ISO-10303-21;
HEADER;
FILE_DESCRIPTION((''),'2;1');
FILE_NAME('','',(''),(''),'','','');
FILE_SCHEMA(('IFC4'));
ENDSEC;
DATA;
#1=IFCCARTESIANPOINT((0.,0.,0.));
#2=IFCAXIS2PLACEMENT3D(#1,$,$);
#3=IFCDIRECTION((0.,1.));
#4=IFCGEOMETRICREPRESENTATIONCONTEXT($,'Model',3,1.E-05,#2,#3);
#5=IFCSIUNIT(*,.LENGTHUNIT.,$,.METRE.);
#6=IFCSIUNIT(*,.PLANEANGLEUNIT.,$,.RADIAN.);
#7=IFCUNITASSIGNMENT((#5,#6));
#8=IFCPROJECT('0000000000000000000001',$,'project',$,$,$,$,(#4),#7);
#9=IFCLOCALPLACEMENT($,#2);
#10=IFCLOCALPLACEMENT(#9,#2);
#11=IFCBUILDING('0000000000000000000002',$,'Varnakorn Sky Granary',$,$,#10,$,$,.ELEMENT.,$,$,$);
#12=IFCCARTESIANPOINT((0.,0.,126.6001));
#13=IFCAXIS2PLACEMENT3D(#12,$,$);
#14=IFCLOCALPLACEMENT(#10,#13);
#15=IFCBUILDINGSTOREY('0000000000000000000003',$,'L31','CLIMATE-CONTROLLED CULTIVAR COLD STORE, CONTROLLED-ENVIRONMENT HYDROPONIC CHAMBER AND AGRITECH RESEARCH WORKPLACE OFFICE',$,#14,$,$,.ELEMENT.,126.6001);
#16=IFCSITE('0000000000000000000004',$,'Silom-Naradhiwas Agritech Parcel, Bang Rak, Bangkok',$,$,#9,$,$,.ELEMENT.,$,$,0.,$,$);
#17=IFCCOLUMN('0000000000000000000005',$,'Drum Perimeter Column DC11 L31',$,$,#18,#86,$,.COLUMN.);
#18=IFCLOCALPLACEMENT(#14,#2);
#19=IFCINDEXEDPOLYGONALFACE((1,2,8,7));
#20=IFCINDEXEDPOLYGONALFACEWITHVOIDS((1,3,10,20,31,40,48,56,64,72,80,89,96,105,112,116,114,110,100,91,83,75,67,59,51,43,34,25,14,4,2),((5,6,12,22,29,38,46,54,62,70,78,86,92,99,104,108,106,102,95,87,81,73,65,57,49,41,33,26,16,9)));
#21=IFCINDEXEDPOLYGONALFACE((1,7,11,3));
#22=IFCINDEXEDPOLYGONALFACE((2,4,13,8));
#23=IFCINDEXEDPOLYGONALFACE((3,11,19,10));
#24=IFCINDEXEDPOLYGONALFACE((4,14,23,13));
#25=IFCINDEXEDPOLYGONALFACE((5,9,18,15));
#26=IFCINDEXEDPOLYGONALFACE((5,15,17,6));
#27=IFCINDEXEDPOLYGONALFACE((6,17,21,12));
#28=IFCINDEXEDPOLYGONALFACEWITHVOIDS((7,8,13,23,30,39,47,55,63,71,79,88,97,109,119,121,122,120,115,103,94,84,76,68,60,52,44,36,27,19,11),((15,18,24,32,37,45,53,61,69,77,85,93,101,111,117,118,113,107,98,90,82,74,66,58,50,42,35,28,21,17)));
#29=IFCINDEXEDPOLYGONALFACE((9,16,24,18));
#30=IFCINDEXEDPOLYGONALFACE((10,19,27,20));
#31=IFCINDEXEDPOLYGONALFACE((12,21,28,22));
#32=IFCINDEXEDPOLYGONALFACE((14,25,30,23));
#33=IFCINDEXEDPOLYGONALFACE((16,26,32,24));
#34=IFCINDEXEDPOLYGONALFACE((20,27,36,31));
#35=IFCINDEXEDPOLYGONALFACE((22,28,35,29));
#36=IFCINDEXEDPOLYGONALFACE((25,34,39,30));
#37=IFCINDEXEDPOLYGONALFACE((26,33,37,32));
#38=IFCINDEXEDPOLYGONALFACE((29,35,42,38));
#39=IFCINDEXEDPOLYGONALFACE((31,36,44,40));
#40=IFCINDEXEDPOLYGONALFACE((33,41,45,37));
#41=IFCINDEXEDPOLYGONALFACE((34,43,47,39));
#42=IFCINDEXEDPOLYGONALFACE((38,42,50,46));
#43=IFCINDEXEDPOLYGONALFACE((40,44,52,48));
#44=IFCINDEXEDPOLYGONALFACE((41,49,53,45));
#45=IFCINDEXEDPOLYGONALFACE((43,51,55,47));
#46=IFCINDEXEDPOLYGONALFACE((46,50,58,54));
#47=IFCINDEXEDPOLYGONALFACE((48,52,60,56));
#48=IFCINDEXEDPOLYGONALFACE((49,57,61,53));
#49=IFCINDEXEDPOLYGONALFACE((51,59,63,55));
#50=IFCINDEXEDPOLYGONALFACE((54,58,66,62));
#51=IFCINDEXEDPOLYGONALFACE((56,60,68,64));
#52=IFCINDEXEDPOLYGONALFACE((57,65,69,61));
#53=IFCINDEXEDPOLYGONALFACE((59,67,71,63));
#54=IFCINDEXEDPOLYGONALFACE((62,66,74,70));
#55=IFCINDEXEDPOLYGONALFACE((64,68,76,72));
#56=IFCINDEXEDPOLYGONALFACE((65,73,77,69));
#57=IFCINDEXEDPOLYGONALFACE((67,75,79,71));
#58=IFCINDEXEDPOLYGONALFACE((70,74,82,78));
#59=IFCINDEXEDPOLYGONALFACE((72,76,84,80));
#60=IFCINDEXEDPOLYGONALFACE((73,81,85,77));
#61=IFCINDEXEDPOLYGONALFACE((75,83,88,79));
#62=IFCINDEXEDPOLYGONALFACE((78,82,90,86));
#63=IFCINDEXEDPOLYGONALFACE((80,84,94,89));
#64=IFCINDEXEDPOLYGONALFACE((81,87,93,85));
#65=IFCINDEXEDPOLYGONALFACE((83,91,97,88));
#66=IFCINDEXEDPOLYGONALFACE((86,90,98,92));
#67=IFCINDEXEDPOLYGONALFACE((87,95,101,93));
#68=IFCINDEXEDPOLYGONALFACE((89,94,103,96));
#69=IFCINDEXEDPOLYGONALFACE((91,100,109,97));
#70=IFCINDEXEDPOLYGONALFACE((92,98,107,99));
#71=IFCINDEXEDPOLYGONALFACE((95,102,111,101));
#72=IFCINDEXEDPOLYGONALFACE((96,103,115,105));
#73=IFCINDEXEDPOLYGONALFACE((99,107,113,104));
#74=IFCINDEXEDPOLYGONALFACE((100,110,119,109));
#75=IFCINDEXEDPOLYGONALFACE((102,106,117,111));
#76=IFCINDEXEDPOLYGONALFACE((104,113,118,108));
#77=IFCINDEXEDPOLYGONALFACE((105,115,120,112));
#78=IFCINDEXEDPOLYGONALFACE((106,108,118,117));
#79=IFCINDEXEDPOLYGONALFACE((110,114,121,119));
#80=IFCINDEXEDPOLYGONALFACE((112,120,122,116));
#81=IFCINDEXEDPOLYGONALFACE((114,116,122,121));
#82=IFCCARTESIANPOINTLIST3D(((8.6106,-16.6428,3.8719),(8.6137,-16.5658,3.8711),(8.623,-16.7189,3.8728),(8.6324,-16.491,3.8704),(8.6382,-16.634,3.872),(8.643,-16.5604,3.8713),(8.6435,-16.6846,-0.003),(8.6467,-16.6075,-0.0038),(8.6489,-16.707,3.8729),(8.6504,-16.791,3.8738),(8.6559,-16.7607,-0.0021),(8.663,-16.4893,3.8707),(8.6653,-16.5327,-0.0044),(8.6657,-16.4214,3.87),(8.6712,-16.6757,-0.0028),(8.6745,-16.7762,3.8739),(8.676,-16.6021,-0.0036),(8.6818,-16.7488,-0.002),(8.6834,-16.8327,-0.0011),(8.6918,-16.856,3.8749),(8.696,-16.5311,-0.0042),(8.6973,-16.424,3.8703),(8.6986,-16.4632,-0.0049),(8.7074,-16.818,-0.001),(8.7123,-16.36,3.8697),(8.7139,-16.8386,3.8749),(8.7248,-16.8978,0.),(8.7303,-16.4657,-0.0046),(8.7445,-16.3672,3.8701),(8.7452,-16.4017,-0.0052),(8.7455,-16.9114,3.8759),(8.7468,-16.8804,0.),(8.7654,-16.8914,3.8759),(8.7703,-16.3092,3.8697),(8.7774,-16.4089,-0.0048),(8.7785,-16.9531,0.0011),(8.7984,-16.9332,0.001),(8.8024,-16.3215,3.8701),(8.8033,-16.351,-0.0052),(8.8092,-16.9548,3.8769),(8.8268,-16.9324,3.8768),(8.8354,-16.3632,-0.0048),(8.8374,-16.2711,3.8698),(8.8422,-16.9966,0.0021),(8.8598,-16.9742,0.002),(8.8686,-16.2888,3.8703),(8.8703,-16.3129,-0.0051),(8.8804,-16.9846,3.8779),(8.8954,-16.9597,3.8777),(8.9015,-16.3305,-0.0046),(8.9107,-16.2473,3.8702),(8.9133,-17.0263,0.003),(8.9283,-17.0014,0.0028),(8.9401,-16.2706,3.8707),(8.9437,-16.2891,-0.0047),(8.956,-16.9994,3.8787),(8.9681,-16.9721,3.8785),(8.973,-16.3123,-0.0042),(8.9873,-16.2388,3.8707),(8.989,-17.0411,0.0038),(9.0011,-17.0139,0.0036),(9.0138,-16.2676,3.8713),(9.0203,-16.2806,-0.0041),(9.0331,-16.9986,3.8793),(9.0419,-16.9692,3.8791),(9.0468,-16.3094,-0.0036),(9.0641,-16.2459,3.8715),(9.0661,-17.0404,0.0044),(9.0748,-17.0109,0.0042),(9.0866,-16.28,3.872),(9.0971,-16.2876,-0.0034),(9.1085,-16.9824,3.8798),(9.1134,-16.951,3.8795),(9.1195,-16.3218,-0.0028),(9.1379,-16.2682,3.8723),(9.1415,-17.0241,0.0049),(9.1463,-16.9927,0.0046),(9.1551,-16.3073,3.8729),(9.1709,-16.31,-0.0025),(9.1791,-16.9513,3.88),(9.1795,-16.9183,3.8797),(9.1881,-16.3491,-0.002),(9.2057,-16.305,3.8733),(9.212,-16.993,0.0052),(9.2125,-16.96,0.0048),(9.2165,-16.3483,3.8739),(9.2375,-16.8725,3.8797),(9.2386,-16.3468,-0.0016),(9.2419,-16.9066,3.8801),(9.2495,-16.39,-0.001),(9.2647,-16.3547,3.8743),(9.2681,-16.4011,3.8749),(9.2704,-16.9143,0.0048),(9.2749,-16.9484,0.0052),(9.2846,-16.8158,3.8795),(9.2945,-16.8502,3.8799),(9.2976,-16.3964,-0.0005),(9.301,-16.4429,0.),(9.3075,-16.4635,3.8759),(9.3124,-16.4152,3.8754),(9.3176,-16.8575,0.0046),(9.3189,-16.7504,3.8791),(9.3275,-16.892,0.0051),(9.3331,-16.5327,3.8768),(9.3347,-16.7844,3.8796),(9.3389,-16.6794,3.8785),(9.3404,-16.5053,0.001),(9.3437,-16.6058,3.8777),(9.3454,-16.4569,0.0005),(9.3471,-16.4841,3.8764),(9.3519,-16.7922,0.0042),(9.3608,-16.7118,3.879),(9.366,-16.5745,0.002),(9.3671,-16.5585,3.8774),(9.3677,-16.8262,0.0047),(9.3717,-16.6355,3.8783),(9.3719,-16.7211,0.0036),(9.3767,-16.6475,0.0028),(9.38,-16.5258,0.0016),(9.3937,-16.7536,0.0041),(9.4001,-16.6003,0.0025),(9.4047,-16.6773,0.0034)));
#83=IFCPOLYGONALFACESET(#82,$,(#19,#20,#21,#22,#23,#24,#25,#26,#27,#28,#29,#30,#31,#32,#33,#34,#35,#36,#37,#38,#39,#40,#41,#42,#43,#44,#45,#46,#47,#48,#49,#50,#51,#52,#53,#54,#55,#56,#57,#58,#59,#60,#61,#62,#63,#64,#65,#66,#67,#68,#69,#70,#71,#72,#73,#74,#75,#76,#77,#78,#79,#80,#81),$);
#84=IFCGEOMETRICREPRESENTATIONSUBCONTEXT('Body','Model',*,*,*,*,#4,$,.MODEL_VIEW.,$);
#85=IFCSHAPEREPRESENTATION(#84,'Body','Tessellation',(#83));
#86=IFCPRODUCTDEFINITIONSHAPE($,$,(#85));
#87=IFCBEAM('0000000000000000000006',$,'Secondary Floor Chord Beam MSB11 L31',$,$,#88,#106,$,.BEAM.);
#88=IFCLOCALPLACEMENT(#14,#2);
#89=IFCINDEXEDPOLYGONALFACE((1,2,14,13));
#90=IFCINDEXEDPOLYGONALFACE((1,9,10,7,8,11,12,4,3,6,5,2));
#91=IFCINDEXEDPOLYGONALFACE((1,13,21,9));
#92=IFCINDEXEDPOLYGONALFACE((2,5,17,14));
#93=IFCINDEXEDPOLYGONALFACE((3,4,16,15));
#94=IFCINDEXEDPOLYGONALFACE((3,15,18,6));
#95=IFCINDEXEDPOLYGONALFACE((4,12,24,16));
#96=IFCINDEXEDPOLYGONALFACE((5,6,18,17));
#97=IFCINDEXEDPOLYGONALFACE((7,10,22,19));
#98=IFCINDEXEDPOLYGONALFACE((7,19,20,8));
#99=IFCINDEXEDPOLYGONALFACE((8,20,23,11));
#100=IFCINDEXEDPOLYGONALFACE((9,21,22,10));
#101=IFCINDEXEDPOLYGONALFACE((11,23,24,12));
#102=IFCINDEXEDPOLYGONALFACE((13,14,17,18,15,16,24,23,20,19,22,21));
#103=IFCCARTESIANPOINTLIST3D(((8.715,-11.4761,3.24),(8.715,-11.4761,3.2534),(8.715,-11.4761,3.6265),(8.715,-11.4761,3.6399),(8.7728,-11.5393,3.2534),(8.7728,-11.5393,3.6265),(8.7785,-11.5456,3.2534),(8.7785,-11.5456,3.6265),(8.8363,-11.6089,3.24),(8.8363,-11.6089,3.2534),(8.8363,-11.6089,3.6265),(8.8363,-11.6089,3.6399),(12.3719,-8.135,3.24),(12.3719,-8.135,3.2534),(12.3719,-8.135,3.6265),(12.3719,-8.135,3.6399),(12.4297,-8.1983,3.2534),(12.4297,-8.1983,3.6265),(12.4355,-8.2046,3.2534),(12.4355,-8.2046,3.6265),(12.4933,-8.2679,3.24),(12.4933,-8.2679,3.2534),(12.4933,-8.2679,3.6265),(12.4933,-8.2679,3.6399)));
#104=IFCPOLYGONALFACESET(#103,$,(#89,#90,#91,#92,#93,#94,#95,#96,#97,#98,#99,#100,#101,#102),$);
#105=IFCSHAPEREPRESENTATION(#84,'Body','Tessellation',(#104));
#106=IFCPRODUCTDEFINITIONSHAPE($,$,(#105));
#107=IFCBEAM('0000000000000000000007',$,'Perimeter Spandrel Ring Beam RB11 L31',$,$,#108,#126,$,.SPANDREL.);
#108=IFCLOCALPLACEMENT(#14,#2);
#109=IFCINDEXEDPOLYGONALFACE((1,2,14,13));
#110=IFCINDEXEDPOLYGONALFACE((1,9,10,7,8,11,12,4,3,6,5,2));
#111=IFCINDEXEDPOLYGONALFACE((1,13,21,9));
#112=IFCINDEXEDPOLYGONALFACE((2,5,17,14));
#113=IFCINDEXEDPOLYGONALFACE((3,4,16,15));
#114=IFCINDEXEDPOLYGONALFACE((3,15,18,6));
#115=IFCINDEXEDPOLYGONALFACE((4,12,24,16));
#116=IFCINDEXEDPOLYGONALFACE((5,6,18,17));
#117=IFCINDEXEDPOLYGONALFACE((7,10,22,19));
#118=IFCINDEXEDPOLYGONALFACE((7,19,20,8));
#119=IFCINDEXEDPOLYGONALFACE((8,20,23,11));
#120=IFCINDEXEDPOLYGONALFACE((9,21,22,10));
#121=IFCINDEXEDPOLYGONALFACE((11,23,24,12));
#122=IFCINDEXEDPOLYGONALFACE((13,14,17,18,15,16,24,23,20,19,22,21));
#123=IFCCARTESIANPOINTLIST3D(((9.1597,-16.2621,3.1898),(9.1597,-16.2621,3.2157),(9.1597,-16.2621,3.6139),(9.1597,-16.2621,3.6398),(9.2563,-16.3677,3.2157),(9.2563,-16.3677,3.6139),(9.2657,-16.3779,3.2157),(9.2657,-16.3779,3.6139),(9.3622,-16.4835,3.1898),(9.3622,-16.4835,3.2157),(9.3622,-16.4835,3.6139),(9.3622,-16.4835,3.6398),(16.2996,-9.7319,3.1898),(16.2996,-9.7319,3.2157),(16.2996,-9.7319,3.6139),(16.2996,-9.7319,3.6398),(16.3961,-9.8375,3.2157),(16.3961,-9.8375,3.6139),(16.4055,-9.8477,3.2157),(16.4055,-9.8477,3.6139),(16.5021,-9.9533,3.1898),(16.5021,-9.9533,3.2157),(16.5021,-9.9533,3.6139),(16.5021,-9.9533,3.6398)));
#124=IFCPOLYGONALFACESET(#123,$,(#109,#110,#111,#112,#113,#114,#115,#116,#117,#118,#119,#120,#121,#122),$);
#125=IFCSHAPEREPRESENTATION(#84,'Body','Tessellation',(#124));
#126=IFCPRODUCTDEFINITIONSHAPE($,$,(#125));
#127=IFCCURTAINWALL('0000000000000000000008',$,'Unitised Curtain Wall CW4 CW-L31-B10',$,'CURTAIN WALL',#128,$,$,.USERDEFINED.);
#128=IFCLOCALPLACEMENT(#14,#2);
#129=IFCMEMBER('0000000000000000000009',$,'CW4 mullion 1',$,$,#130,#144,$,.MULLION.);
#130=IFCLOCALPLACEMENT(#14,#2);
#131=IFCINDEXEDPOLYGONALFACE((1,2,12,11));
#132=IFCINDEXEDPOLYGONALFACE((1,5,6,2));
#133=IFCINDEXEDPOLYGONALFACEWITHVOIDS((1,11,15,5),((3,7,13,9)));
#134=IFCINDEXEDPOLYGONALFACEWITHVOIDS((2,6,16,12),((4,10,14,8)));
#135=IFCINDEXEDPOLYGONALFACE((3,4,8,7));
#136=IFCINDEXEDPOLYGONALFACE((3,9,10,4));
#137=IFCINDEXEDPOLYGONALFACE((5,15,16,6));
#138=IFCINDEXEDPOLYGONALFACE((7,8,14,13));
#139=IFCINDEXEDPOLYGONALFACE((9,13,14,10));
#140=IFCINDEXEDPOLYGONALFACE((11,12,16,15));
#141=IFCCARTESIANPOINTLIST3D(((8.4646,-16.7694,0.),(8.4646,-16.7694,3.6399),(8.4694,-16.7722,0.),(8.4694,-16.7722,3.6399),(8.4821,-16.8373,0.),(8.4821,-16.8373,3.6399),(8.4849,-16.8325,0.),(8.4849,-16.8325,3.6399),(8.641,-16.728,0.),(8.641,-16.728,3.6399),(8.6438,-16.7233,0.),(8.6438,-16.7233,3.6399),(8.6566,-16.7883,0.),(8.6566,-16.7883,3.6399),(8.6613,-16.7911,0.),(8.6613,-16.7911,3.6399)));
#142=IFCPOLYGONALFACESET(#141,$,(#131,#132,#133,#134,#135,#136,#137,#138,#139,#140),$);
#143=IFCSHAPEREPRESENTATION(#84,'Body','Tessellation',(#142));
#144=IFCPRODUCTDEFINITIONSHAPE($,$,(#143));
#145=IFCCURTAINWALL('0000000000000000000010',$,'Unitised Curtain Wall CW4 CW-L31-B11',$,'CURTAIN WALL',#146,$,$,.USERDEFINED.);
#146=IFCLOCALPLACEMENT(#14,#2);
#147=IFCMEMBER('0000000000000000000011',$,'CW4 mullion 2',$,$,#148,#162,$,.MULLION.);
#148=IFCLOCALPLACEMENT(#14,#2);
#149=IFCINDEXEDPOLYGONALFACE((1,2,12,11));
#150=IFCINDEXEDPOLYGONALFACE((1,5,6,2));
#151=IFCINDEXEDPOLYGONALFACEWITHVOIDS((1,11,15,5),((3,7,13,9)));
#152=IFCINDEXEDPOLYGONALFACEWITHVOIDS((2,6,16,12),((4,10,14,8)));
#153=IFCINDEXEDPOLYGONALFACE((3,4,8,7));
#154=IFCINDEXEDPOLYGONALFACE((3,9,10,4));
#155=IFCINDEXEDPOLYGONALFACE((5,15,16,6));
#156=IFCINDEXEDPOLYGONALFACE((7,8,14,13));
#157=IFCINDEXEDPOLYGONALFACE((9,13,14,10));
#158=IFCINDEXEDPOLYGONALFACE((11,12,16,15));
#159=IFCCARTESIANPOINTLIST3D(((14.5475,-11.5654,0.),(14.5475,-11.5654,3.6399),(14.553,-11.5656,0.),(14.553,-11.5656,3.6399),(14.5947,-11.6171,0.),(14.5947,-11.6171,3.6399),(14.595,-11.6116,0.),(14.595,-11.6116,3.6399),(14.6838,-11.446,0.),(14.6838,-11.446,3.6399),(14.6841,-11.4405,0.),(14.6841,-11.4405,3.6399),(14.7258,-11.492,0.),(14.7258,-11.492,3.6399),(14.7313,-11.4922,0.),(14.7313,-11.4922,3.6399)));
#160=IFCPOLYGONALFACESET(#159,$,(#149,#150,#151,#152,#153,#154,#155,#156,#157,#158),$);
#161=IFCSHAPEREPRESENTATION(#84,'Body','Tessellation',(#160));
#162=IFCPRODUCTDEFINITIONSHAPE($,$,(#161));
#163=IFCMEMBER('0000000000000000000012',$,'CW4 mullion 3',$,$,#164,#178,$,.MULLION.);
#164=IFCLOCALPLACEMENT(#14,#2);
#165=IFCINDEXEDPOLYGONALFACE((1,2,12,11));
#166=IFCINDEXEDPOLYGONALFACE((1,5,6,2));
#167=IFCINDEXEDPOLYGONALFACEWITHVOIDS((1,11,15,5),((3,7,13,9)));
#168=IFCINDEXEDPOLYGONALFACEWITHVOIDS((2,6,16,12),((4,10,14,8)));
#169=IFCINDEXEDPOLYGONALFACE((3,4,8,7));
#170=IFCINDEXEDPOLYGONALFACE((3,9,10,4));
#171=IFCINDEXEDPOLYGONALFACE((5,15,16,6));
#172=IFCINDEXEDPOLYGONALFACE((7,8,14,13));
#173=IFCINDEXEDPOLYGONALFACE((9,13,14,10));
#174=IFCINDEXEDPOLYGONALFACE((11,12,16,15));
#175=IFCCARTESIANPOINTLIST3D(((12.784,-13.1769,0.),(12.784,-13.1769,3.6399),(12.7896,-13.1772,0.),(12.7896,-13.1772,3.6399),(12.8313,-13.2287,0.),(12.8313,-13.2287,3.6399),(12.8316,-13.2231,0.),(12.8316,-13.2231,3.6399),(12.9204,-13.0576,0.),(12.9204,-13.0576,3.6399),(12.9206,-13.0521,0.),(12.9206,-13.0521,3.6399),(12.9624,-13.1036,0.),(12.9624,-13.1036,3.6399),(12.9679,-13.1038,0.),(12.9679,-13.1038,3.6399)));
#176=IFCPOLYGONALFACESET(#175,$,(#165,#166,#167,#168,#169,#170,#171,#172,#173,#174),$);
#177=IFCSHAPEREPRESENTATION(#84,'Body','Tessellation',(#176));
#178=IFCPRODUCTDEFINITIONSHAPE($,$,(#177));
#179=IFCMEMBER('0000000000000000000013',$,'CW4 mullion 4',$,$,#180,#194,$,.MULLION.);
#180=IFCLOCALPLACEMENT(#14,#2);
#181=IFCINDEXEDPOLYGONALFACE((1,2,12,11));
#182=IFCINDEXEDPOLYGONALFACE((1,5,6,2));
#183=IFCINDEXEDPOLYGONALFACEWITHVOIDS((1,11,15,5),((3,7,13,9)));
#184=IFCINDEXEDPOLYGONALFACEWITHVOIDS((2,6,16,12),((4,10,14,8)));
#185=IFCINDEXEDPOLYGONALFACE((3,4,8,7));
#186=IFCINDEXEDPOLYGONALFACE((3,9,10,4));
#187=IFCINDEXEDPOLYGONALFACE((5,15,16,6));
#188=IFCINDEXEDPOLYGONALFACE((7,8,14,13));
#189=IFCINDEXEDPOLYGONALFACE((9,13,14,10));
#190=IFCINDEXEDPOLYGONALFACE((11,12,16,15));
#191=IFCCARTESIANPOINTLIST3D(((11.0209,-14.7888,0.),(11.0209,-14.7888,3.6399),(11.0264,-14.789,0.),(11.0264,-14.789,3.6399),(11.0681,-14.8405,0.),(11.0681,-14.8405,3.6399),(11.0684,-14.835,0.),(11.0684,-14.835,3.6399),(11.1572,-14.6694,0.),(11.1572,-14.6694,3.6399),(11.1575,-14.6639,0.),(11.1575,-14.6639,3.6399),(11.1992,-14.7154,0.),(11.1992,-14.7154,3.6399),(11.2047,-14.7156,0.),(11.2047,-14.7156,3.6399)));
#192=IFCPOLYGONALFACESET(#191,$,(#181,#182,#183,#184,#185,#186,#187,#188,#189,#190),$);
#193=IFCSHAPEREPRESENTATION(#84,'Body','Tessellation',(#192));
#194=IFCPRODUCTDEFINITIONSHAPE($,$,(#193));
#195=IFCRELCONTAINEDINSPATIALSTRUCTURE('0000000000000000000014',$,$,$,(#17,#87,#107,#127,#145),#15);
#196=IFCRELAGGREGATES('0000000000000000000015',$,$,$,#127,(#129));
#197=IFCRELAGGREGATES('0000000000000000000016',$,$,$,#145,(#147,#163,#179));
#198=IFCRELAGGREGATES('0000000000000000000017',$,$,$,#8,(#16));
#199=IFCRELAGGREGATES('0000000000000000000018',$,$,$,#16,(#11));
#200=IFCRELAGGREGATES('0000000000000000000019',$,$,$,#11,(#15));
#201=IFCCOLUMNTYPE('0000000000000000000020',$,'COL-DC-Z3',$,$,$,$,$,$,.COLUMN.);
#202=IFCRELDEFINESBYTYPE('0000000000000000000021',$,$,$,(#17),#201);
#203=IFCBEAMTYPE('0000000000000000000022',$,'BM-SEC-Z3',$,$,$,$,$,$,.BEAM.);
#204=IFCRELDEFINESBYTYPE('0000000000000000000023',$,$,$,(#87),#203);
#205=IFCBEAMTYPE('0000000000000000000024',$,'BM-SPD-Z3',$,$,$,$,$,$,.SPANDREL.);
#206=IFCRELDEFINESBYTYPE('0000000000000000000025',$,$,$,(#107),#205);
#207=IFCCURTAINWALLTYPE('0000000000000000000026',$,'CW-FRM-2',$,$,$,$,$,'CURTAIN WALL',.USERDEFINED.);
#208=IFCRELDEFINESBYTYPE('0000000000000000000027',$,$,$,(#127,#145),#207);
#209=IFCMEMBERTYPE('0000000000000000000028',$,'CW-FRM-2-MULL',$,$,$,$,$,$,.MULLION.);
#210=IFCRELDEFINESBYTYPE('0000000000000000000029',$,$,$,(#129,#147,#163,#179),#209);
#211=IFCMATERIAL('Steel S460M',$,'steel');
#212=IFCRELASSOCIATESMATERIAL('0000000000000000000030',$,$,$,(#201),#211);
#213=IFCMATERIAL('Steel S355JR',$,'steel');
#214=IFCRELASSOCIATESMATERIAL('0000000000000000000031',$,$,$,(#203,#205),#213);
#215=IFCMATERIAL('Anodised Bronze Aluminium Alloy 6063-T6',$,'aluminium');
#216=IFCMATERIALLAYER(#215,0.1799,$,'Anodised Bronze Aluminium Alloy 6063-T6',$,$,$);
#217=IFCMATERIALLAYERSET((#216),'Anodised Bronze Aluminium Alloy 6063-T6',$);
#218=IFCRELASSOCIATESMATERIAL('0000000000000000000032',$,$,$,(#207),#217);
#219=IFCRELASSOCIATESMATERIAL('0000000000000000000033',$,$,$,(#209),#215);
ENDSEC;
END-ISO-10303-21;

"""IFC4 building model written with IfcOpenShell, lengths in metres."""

from ifc_helpers import new_model, si_unit, direction, frame, origin, origin_2d, place, context, subcontext, project, spatial, hollow_rectangle, hollow_circle, i_section, extrude, material, layer, layer_set, material_profile, profile_set, type_object, element, aggregate, save


model = new_model("IFC4")

# Units and contexts
model_context = context("Model", 3, precision=1e-05, world=origin(), true_north=direction((0.0, 1.0)))
body_context = subcontext(model_context, "Body", "Model", "MODEL_VIEW")
ifc_project = project(units=[si_unit("LENGTHUNIT", "METRE"), si_unit("PLANEANGLEUNIT", "RADIAN")], contexts=[model_context])

# Site, building, storey
site_placement = place(None, origin())
site = spatial("IfcSite", under=ifc_project, at=site_placement, Name="Silom-Naradhiwas Agritech Parcel, Bang Rak, Bangkok", CompositionType="ELEMENT", RefElevation=0.0)
building_placement = place(site_placement, origin())
building = spatial("IfcBuilding", under=site, at=building_placement, Name="Varnakorn Sky Granary", CompositionType="ELEMENT")
storey_placement = place(building_placement, frame((0.0, 0.0, 126.6001)))
storey = spatial("IfcBuildingStorey", under=building, at=storey_placement, Name="L31", Description="CLIMATE-CONTROLLED CULTIVAR COLD STORE, CONTROLLED-ENVIRONMENT HYDROPONIC CHAMBER AND AGRITECH RESEARCH WORKPLACE OFFICE", CompositionType="ELEMENT", Elevation=126.6001)

# Column
ifc_material_1 = material(Name="Steel S460M", Category="steel")
ifc_material_profile_1 = material_profile(ifc_material_1, hollow_circle(Radius=0.3811, WallThickness=0.0281, at=origin_2d()), Name="CHS 762x28")
ifc_profile_set_1 = profile_set([ifc_material_profile_1], Name="Steel S460M")
column_type = type_object("IfcColumnType", Name="COL-DC-Z3", PredefinedType="COLUMN", material=ifc_profile_set_1)
column_placement = place(storey_placement, frame((9.0239, -16.6616, 0.0), z_axis=(-0.008505, 0.010773, 0.999906), x_axis=(-0.784883, -0.619644, 0.0)))
element("IfcColumn", 1, at=column_placement, inside=storey, type_object=column_type, Name="Drum Perimeter Column DC11 L31", PredefinedType="COLUMN", context=body_context, shape_type="SweptSolid", body=[
    extrude(hollow_circle(Radius=0.3811, WallThickness=0.0281, at=origin_2d()), origin(), (0.0, 0.0, 1.0), 3.8752),
])

# Beams
ifc_material_2 = material(Name="Steel S355JR", Category="steel")
ifc_material_profile_2 = material_profile(ifc_material_2, i_section(OverallWidth=0.1799, OverallDepth=0.3999, WebThickness=0.0085, FlangeThickness=0.0134, at=origin_2d()), Name="IPE 400")
ifc_profile_set_2 = profile_set([ifc_material_profile_2], Name="Steel S355JR")
beam_type_1 = type_object("IfcBeamType", Name="BM-SEC-Z3", PredefinedType="BEAM", material=ifc_profile_set_2)
beam_1_placement = place(storey_placement, frame((8.7756, -11.5425, 3.4399), z_axis=(0.738276, 0.674498, 0.0), x_axis=(-0.674498, 0.738276, 0.0)))
element("IfcBeam", 2, at=beam_1_placement, inside=storey, type_object=beam_type_1, Name="Secondary Floor Chord Beam MSB11 L31", PredefinedType="BEAM", context=body_context, shape_type="SweptSolid", body=[
    extrude(i_section(OverallWidth=0.1799, OverallDepth=0.3999, WebThickness=0.0085, FlangeThickness=0.0134, at=origin_2d()), origin(), (0.0, 0.0, 1.0), 4.9534),
])
ifc_material_profile_3 = material_profile(ifc_material_2, i_section(OverallWidth=0.3, OverallDepth=0.45, WebThickness=0.0139, FlangeThickness=0.0259, at=origin_2d()), Name="HE 450 B")
ifc_profile_set_3 = profile_set([ifc_material_profile_3], Name="Steel S355JR")
beam_type_2 = type_object("IfcBeamType", Name="BM-SPD-Z3", PredefinedType="SPANDREL", material=ifc_profile_set_3)
beam_2_placement = place(storey_placement, frame((9.261, -16.3728, 3.4148), z_axis=(0.737907, 0.674903, 0.0), x_axis=(-0.674903, 0.737907, 0.0)))
element("IfcBeam", 3, at=beam_2_placement, inside=storey, type_object=beam_type_2, Name="Perimeter Spandrel Ring Beam RB11 L31", PredefinedType="SPANDREL", context=body_context, shape_type="SweptSolid", body=[
    extrude(i_section(OverallWidth=0.3, OverallDepth=0.45, WebThickness=0.0139, FlangeThickness=0.0259, at=origin_2d()), origin(), (0.0, 0.0, 1.0), 9.6758),
])

# Curtain wall, member
ifc_material_3 = material(Name="Anodised Bronze Aluminium Alloy 6063-T6", Category="aluminium")
ifc_layer_1 = layer(ifc_material_3, 0.1799, Name="Anodised Bronze Aluminium Alloy 6063-T6")
ifc_layer_set_1 = layer_set([ifc_layer_1], Name="Anodised Bronze Aluminium Alloy 6063-T6")
curtain_wall_type = type_object("IfcCurtainWallType", Name="CW-FRM-2", ElementType="CURTAIN WALL", PredefinedType="USERDEFINED", material=ifc_layer_set_1)
curtain_wall_1_placement = place(storey_placement, origin())
curtain_wall_1 = element("IfcCurtainWall", 4, at=curtain_wall_1_placement, inside=storey, type_object=curtain_wall_type, Name="Unitised Curtain Wall CW4 CW-L31-B10", ObjectType="CURTAIN WALL", PredefinedType="USERDEFINED")
ifc_material_profile_4 = material_profile(ifc_material_3, hollow_rectangle(XDim=0.0701, YDim=0.1851, WallThickness=0.0039, at=origin_2d()), Name="ALU MULL 70x185")
ifc_profile_set_4 = profile_set([ifc_material_profile_4], Name="Anodised Bronze Aluminium Alloy 6063-T6")
member_type_1 = type_object("IfcMemberType", Name="CW-FRM-2-MULL", PredefinedType="MULLION", material=ifc_profile_set_4)
member_1_placement = place(storey_placement, frame((8.563, -16.7803, 0.0), z_axis=(0.0, 0.0, 1.0), x_axis=(0.249579, -0.968354, 0.0)))
member_1 = element("IfcMember", 5, at=member_1_placement, type_object=member_type_1, Name="CW4 mullion 1", PredefinedType="MULLION", context=body_context, shape_type="SweptSolid", body=[
    extrude(hollow_rectangle(XDim=0.0701, YDim=0.1851, WallThickness=0.0039, at=origin_2d()), origin(), (0.0, 0.0, 1.0), 3.6399),
])
aggregate(curtain_wall_1, [member_1])

# Curtain wall, members
curtain_wall_2_placement = place(storey_placement, origin())
curtain_wall_2 = element("IfcCurtainWall", 6, at=curtain_wall_2_placement, inside=storey, type_object=curtain_wall_type, Name="Unitised Curtain Wall CW4 CW-L31-B11", ObjectType="CURTAIN WALL", PredefinedType="USERDEFINED")
member_2_placement = place(storey_placement, frame((14.6394, -11.5288, 0.0), z_axis=(0.0, 0.0, 1.0), x_axis=(0.674681, -0.73811, 0.0)))
member_2 = element("IfcMember", 7, at=member_2_placement, type_object=member_type_1, Name="CW4 mullion 2", PredefinedType="MULLION", context=body_context, shape_type="SweptSolid", body=[
    extrude(hollow_rectangle(XDim=0.0701, YDim=0.1851, WallThickness=0.0039, at=origin_2d()), origin(), (0.0, 0.0, 1.0), 3.6399),
])
member_3_placement = place(storey_placement, frame((12.876, -13.1404, 0.0), z_axis=(0.0, 0.0, 1.0), x_axis=(0.674681, -0.73811, 0.0)))
member_3 = element("IfcMember", 8, at=member_3_placement, type_object=member_type_1, Name="CW4 mullion 3", PredefinedType="MULLION", context=body_context, shape_type="SweptSolid", body=[
    extrude(hollow_rectangle(XDim=0.0701, YDim=0.1851, WallThickness=0.0039, at=origin_2d()), origin(), (0.0, 0.0, 1.0), 3.6399),
])
member_4_placement = place(storey_placement, frame((11.1128, -14.7522, 0.0), z_axis=(0.0, 0.0, 1.0), x_axis=(0.674681, -0.73811, 0.0)))
member_4 = element("IfcMember", 9, at=member_4_placement, type_object=member_type_1, Name="CW4 mullion 4", PredefinedType="MULLION", context=body_context, shape_type="SweptSolid", body=[
    extrude(hollow_rectangle(XDim=0.0701, YDim=0.1851, WallThickness=0.0039, at=origin_2d()), origin(), (0.0, 0.0, 1.0), 3.6399),
])

aggregate(curtain_wall_2, [member_2, member_3, member_4])

save(model, "model.ifc")
